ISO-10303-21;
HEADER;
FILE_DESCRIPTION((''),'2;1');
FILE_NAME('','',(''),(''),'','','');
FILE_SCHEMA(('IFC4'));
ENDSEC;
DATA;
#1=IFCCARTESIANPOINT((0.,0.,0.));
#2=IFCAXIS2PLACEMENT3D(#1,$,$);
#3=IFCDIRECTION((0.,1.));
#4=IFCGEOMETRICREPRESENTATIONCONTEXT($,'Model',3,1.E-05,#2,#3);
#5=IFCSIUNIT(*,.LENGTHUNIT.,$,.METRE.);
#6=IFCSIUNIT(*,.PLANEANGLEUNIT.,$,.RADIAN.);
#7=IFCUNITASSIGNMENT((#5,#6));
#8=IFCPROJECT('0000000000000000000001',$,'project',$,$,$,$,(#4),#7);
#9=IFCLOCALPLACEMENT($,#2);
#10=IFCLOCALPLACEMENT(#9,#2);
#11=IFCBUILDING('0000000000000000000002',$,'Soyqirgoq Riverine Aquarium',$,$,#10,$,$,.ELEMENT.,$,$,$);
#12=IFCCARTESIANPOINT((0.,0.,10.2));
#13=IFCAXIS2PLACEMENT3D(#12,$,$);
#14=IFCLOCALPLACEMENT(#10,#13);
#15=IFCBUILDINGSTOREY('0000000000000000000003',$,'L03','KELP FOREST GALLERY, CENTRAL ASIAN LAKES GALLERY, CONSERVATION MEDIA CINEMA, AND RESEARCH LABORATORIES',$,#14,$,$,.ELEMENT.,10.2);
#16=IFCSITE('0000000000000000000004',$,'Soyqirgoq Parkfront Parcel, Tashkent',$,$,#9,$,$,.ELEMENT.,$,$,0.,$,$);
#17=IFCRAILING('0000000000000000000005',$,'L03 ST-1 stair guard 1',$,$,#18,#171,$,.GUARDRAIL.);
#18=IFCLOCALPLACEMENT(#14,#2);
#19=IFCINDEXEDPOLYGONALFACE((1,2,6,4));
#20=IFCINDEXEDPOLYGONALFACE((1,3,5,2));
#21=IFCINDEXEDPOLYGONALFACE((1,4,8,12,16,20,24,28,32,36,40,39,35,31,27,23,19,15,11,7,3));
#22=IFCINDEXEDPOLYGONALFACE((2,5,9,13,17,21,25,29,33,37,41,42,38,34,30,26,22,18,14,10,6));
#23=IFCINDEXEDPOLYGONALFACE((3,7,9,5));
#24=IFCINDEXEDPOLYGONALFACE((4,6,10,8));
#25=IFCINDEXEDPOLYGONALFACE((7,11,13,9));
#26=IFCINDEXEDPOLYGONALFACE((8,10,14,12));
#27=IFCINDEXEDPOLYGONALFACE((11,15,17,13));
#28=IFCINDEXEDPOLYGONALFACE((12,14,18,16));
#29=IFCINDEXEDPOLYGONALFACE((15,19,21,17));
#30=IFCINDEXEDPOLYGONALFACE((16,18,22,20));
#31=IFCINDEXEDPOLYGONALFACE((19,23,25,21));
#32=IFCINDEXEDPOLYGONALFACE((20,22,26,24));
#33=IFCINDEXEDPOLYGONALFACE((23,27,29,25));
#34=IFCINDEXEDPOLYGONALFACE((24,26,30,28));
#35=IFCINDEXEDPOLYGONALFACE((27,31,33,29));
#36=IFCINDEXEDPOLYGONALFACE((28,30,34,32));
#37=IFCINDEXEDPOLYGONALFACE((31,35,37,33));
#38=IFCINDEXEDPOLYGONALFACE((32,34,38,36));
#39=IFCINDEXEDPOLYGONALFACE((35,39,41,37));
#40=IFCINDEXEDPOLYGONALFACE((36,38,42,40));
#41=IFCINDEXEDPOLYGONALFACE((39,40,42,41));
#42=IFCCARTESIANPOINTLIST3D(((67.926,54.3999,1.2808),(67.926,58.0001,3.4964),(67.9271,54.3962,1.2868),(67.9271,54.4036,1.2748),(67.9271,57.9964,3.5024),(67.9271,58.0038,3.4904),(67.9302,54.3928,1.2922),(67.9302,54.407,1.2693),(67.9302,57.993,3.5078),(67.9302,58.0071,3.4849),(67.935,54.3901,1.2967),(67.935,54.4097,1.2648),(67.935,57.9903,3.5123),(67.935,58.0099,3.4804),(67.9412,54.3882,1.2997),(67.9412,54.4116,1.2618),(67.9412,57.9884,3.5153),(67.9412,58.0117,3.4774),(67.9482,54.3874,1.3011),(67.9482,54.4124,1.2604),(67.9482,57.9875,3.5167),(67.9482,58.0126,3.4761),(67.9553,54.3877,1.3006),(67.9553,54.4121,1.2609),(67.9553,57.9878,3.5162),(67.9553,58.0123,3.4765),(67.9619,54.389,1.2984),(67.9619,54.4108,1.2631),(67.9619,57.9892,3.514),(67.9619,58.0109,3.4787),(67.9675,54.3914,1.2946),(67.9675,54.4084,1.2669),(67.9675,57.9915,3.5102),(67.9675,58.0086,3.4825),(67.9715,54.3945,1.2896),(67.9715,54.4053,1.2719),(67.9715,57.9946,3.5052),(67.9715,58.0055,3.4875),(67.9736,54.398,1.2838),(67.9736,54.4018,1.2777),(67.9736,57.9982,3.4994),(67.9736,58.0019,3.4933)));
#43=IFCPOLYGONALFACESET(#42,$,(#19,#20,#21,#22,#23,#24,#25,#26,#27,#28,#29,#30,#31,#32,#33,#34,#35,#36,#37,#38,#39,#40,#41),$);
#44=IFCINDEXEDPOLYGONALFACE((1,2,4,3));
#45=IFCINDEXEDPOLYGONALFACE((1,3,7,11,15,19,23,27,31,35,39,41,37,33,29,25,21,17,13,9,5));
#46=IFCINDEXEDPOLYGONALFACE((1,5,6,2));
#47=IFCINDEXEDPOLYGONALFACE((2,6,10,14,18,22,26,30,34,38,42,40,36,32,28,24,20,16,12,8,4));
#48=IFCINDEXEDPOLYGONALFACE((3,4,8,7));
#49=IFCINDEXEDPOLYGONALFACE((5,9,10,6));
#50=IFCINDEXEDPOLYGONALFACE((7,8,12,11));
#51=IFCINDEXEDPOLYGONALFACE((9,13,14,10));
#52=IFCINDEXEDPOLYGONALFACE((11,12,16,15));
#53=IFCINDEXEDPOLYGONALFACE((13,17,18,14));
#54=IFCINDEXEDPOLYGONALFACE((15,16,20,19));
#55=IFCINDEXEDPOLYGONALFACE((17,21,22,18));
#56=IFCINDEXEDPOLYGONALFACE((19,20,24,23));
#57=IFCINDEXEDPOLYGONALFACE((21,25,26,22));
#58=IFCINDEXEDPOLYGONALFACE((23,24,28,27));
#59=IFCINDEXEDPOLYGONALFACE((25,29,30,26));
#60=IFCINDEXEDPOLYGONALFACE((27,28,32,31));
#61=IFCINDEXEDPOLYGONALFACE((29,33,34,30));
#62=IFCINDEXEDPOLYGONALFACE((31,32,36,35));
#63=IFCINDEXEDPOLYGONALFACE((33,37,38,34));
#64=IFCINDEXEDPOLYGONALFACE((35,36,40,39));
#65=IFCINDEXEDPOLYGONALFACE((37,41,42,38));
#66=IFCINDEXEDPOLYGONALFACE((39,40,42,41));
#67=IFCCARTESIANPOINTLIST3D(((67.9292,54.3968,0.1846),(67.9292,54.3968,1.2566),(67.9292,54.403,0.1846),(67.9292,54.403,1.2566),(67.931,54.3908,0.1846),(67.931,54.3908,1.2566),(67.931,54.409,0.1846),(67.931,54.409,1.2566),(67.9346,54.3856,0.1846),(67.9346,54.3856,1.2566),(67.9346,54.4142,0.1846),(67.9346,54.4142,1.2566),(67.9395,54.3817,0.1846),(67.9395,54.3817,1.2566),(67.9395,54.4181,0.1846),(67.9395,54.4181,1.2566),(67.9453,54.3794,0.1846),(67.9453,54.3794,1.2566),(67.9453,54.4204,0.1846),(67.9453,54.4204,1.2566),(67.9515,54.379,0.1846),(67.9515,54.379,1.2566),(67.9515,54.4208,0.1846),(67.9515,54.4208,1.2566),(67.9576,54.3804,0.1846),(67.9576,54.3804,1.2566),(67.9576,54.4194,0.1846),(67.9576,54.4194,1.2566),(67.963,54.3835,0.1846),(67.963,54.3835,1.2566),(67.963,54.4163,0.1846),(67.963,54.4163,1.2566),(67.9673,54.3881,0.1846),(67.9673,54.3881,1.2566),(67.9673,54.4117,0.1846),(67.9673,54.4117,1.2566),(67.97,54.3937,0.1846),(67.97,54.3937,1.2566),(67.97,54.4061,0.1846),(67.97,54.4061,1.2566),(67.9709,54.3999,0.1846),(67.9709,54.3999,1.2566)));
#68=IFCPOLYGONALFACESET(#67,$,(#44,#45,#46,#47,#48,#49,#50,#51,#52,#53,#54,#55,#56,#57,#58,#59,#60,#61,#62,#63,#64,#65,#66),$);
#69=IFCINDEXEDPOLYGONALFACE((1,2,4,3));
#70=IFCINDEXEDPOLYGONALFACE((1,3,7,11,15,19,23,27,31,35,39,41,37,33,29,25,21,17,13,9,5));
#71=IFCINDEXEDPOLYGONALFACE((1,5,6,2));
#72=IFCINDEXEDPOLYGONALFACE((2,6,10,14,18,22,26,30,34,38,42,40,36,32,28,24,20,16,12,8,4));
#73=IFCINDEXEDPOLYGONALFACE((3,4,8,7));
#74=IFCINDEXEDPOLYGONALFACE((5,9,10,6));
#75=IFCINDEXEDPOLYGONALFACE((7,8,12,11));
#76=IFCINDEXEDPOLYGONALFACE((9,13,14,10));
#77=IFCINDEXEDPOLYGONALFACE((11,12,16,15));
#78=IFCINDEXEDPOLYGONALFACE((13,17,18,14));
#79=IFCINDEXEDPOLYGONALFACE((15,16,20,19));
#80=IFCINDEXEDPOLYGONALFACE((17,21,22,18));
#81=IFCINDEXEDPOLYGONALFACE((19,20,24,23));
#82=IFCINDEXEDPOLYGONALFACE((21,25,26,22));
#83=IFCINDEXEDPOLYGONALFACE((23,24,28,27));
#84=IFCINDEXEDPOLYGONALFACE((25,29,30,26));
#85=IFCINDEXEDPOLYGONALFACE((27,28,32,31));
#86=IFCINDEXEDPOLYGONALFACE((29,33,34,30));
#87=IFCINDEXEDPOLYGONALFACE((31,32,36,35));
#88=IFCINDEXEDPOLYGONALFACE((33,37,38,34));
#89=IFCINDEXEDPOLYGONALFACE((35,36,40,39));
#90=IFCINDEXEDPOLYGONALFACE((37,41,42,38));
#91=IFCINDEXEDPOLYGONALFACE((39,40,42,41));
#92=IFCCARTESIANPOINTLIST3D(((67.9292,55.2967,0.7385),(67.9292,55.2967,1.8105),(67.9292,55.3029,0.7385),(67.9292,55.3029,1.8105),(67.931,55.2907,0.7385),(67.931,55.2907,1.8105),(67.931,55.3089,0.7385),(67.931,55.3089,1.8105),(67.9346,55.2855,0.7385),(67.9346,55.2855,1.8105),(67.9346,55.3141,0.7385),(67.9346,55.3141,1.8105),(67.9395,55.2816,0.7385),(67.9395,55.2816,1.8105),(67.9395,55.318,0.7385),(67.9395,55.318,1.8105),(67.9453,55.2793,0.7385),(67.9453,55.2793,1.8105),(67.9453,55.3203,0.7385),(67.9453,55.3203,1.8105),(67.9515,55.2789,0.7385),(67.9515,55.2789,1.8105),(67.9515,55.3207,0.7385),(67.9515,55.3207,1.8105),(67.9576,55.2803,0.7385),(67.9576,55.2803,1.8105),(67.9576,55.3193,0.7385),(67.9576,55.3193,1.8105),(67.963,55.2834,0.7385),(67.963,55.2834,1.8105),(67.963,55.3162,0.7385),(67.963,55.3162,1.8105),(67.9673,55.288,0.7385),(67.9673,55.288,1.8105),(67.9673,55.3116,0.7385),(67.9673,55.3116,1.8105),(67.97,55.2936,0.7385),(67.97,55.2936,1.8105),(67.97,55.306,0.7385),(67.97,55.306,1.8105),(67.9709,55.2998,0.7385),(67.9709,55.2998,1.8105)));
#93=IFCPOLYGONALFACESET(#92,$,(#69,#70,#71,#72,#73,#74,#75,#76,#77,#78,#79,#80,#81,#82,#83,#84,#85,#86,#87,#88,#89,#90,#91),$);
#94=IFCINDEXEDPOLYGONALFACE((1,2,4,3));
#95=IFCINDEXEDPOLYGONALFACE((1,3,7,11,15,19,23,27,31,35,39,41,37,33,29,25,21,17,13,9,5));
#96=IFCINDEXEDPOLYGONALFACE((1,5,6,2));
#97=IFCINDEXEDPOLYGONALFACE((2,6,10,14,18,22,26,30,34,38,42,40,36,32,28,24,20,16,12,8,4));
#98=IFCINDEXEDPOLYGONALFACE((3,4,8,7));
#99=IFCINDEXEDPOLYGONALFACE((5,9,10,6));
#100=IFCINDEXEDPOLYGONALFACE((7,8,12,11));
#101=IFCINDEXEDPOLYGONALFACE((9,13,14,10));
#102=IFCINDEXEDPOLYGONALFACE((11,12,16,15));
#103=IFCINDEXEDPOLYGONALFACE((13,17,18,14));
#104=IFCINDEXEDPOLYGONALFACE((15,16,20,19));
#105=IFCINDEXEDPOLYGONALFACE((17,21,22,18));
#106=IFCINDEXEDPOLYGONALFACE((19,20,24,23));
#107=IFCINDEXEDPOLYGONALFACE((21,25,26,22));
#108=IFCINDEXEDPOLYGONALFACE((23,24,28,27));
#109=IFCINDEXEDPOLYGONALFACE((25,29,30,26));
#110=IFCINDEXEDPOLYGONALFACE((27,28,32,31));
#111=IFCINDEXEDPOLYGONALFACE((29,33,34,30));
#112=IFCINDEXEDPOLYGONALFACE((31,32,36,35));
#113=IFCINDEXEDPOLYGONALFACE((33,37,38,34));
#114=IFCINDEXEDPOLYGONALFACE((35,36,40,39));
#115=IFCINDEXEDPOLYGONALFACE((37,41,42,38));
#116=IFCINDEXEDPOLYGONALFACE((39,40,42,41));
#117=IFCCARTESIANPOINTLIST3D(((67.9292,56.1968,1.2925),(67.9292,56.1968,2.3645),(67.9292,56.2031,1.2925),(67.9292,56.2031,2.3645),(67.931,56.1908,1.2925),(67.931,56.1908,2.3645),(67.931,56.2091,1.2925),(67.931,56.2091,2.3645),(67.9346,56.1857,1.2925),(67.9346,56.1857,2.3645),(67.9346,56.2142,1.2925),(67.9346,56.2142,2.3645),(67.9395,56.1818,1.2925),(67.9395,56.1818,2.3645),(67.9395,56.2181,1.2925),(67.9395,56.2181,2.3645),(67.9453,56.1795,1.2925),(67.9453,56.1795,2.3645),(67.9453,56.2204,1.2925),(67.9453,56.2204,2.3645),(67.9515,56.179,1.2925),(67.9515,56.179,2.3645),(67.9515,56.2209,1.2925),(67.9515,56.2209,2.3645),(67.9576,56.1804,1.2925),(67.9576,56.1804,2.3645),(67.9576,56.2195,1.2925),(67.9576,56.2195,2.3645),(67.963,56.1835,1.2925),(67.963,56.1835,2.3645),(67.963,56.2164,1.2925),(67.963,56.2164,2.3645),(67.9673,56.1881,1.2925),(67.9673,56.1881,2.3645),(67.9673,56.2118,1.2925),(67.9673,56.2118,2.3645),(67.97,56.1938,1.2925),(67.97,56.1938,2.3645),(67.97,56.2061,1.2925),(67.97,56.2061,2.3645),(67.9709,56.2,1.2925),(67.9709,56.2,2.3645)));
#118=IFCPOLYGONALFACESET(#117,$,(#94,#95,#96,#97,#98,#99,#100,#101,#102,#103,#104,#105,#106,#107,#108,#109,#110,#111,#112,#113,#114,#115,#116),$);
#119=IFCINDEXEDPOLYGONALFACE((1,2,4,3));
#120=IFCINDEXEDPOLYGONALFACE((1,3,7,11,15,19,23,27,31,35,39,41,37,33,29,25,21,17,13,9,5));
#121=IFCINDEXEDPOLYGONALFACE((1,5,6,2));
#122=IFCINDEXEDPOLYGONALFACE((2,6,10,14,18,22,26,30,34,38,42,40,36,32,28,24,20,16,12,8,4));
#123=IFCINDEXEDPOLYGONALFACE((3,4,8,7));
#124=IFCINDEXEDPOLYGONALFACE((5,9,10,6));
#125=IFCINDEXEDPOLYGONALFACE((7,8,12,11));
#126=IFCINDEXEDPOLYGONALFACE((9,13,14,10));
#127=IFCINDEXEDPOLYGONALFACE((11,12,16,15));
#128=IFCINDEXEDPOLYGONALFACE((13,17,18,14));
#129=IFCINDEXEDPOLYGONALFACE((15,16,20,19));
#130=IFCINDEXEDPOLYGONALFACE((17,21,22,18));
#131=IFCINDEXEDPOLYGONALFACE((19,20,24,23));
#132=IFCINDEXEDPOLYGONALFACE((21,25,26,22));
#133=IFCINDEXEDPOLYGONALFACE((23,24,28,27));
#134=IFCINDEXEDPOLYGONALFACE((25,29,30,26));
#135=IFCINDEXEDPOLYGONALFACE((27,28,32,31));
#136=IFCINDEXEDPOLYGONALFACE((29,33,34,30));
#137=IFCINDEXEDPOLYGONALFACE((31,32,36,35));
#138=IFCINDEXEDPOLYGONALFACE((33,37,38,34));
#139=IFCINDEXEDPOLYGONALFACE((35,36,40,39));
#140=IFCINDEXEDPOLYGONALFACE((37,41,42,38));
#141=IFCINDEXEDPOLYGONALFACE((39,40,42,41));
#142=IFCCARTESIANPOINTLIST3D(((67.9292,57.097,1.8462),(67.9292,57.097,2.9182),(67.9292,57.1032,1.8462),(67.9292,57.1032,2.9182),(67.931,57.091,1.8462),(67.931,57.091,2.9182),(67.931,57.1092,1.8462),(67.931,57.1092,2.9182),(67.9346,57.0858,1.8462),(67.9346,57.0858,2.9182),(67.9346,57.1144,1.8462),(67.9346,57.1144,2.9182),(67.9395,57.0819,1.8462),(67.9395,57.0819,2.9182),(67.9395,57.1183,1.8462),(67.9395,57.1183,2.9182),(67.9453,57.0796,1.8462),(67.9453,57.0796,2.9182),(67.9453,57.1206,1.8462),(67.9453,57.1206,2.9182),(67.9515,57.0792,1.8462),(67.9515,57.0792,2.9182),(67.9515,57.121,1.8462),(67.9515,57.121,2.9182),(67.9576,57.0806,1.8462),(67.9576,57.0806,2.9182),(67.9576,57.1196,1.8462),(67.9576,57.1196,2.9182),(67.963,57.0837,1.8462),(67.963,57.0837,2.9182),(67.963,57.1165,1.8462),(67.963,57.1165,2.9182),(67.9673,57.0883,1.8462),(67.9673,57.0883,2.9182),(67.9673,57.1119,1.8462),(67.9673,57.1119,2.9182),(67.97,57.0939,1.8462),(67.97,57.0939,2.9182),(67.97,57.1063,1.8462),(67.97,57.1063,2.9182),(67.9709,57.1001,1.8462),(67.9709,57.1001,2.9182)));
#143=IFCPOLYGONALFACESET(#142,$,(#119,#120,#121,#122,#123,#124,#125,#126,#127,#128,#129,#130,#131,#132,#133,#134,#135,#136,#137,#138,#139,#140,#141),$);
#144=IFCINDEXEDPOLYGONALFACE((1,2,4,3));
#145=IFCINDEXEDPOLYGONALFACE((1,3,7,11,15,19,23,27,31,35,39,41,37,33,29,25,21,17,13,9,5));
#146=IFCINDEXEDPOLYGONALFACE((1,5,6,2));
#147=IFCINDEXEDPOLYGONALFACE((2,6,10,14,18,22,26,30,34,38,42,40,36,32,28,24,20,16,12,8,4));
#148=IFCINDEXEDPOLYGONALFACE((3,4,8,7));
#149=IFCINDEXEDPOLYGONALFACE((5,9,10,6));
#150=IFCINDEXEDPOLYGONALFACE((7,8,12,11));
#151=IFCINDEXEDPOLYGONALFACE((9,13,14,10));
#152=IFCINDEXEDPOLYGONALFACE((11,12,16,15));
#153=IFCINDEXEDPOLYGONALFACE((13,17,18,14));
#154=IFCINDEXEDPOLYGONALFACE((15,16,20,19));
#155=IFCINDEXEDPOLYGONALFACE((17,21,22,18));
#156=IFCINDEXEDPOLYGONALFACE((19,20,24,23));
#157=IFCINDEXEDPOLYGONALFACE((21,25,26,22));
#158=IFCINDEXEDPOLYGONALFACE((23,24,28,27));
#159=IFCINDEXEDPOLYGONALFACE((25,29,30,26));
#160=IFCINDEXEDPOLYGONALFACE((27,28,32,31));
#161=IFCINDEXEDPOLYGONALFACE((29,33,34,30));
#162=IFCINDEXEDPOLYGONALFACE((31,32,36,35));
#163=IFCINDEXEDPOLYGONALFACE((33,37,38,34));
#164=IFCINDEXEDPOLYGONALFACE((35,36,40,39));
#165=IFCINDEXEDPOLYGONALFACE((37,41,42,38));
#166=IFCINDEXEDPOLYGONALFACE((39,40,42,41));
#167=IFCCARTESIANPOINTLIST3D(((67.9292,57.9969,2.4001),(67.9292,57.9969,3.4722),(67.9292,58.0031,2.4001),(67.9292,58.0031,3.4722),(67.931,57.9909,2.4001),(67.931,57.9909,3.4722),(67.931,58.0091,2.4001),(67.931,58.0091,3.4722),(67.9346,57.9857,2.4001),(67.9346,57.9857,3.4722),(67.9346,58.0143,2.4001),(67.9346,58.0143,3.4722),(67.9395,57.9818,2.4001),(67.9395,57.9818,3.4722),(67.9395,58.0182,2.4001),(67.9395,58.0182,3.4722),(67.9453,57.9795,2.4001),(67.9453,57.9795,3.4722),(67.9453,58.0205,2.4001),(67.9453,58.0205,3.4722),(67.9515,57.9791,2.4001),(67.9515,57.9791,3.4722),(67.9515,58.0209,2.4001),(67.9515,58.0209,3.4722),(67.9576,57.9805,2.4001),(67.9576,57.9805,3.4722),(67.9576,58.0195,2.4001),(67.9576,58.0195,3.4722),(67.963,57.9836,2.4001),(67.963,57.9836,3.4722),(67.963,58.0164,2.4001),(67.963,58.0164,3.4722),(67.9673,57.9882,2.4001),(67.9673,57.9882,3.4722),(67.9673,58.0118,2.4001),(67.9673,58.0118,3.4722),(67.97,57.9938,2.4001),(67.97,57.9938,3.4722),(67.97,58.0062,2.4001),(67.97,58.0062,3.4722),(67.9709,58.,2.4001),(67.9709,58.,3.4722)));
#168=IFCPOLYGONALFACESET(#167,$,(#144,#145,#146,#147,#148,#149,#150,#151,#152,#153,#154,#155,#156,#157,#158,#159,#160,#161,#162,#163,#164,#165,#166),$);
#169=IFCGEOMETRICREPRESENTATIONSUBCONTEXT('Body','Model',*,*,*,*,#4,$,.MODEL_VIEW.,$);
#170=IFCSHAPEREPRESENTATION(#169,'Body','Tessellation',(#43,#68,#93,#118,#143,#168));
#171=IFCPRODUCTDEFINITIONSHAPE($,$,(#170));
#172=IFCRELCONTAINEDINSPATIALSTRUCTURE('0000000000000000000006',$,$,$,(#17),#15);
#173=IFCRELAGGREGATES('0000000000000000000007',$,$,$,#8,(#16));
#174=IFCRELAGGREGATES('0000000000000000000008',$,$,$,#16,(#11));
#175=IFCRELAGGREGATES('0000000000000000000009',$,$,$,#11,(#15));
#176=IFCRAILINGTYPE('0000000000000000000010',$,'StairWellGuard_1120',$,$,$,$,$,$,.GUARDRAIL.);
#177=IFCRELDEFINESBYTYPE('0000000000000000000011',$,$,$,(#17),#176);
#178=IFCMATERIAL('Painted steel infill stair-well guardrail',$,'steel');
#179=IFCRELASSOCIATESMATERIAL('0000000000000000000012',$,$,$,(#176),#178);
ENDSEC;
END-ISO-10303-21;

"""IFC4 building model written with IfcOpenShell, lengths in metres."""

from ifc_helpers import new_model, si_unit, direction, frame, origin, origin_2d, place, context, subcontext, project, spatial, circle, extrude, material, type_object, element, save


model = new_model("IFC4")

# Units and contexts
model_context = context("Model", 3, precision=1e-05, world=origin(), true_north=direction((0.0, 1.0)))
body_context = subcontext(model_context, "Body", "Model", "MODEL_VIEW")
ifc_project = project(units=[si_unit("LENGTHUNIT", "METRE"), si_unit("PLANEANGLEUNIT", "RADIAN")], contexts=[model_context])

# Site, building, storey
site_placement = place(None, origin())
site = spatial("IfcSite", under=ifc_project, at=site_placement, Name="Soyqirgoq Parkfront Parcel, Tashkent", CompositionType="ELEMENT", RefElevation=0.0)
building_placement = place(site_placement, origin())
building = spatial("IfcBuilding", under=site, at=building_placement, Name="Soyqirgoq Riverine Aquarium", CompositionType="ELEMENT")
storey_placement = place(building_placement, frame((0.0, 0.0, 10.2)))
storey = spatial("IfcBuildingStorey", under=building, at=storey_placement, Name="L03", Description="KELP FOREST GALLERY, CENTRAL ASIAN LAKES GALLERY, CONSERVATION MEDIA CINEMA, AND RESEARCH LABORATORIES", CompositionType="ELEMENT", Elevation=10.2)

# Railing
ifc_material_1 = material(Name="Painted steel infill stair-well guardrail", Category="steel")
railing_type_1 = type_object("IfcRailingType", Name="StairWellGuard_1120", PredefinedType="GUARDRAIL", material=ifc_material_1)
railing_1_placement = place(storey_placement, frame((67.95, 54.3999, 0.1846)))
element("IfcRailing", 1, at=railing_1_placement, inside=storey, type_object=railing_type_1, Name="L03 ST-1 stair guard 1", PredefinedType="GUARDRAIL", context=body_context, shape_type="SweptSolid", body=[
    extrude(circle(Radius=0.0239, at=origin_2d()), frame((0.0, 0.0, 1.0962), z_axis=(0.0, 0.851644, 0.52412), x_axis=(-1.0, 0.0, 0.0)), (0.0, 0.0, 1.0), 4.2273),
    extrude(circle(Radius=0.021, at=origin_2d()), origin(), (0.0, 0.0, 1.0), 1.072),
    extrude(circle(Radius=0.021, at=origin_2d()), frame((0.0, 0.8999, 0.554)), (0.0, 0.0, 1.0), 1.072),
    extrude(circle(Radius=0.021, at=origin_2d()), frame((0.0, 1.8, 1.1079)), (0.0, 0.0, 1.0), 1.072),
    extrude(circle(Radius=0.021, at=origin_2d()), frame((0.0, 2.7002, 1.6616)), (0.0, 0.0, 1.0), 1.072),
    extrude(circle(Radius=0.021, at=origin_2d()), frame((0.0, 3.6001, 2.2156)), (0.0, 0.0, 1.0), 1.072),
])

save(model, "model.ifc")
